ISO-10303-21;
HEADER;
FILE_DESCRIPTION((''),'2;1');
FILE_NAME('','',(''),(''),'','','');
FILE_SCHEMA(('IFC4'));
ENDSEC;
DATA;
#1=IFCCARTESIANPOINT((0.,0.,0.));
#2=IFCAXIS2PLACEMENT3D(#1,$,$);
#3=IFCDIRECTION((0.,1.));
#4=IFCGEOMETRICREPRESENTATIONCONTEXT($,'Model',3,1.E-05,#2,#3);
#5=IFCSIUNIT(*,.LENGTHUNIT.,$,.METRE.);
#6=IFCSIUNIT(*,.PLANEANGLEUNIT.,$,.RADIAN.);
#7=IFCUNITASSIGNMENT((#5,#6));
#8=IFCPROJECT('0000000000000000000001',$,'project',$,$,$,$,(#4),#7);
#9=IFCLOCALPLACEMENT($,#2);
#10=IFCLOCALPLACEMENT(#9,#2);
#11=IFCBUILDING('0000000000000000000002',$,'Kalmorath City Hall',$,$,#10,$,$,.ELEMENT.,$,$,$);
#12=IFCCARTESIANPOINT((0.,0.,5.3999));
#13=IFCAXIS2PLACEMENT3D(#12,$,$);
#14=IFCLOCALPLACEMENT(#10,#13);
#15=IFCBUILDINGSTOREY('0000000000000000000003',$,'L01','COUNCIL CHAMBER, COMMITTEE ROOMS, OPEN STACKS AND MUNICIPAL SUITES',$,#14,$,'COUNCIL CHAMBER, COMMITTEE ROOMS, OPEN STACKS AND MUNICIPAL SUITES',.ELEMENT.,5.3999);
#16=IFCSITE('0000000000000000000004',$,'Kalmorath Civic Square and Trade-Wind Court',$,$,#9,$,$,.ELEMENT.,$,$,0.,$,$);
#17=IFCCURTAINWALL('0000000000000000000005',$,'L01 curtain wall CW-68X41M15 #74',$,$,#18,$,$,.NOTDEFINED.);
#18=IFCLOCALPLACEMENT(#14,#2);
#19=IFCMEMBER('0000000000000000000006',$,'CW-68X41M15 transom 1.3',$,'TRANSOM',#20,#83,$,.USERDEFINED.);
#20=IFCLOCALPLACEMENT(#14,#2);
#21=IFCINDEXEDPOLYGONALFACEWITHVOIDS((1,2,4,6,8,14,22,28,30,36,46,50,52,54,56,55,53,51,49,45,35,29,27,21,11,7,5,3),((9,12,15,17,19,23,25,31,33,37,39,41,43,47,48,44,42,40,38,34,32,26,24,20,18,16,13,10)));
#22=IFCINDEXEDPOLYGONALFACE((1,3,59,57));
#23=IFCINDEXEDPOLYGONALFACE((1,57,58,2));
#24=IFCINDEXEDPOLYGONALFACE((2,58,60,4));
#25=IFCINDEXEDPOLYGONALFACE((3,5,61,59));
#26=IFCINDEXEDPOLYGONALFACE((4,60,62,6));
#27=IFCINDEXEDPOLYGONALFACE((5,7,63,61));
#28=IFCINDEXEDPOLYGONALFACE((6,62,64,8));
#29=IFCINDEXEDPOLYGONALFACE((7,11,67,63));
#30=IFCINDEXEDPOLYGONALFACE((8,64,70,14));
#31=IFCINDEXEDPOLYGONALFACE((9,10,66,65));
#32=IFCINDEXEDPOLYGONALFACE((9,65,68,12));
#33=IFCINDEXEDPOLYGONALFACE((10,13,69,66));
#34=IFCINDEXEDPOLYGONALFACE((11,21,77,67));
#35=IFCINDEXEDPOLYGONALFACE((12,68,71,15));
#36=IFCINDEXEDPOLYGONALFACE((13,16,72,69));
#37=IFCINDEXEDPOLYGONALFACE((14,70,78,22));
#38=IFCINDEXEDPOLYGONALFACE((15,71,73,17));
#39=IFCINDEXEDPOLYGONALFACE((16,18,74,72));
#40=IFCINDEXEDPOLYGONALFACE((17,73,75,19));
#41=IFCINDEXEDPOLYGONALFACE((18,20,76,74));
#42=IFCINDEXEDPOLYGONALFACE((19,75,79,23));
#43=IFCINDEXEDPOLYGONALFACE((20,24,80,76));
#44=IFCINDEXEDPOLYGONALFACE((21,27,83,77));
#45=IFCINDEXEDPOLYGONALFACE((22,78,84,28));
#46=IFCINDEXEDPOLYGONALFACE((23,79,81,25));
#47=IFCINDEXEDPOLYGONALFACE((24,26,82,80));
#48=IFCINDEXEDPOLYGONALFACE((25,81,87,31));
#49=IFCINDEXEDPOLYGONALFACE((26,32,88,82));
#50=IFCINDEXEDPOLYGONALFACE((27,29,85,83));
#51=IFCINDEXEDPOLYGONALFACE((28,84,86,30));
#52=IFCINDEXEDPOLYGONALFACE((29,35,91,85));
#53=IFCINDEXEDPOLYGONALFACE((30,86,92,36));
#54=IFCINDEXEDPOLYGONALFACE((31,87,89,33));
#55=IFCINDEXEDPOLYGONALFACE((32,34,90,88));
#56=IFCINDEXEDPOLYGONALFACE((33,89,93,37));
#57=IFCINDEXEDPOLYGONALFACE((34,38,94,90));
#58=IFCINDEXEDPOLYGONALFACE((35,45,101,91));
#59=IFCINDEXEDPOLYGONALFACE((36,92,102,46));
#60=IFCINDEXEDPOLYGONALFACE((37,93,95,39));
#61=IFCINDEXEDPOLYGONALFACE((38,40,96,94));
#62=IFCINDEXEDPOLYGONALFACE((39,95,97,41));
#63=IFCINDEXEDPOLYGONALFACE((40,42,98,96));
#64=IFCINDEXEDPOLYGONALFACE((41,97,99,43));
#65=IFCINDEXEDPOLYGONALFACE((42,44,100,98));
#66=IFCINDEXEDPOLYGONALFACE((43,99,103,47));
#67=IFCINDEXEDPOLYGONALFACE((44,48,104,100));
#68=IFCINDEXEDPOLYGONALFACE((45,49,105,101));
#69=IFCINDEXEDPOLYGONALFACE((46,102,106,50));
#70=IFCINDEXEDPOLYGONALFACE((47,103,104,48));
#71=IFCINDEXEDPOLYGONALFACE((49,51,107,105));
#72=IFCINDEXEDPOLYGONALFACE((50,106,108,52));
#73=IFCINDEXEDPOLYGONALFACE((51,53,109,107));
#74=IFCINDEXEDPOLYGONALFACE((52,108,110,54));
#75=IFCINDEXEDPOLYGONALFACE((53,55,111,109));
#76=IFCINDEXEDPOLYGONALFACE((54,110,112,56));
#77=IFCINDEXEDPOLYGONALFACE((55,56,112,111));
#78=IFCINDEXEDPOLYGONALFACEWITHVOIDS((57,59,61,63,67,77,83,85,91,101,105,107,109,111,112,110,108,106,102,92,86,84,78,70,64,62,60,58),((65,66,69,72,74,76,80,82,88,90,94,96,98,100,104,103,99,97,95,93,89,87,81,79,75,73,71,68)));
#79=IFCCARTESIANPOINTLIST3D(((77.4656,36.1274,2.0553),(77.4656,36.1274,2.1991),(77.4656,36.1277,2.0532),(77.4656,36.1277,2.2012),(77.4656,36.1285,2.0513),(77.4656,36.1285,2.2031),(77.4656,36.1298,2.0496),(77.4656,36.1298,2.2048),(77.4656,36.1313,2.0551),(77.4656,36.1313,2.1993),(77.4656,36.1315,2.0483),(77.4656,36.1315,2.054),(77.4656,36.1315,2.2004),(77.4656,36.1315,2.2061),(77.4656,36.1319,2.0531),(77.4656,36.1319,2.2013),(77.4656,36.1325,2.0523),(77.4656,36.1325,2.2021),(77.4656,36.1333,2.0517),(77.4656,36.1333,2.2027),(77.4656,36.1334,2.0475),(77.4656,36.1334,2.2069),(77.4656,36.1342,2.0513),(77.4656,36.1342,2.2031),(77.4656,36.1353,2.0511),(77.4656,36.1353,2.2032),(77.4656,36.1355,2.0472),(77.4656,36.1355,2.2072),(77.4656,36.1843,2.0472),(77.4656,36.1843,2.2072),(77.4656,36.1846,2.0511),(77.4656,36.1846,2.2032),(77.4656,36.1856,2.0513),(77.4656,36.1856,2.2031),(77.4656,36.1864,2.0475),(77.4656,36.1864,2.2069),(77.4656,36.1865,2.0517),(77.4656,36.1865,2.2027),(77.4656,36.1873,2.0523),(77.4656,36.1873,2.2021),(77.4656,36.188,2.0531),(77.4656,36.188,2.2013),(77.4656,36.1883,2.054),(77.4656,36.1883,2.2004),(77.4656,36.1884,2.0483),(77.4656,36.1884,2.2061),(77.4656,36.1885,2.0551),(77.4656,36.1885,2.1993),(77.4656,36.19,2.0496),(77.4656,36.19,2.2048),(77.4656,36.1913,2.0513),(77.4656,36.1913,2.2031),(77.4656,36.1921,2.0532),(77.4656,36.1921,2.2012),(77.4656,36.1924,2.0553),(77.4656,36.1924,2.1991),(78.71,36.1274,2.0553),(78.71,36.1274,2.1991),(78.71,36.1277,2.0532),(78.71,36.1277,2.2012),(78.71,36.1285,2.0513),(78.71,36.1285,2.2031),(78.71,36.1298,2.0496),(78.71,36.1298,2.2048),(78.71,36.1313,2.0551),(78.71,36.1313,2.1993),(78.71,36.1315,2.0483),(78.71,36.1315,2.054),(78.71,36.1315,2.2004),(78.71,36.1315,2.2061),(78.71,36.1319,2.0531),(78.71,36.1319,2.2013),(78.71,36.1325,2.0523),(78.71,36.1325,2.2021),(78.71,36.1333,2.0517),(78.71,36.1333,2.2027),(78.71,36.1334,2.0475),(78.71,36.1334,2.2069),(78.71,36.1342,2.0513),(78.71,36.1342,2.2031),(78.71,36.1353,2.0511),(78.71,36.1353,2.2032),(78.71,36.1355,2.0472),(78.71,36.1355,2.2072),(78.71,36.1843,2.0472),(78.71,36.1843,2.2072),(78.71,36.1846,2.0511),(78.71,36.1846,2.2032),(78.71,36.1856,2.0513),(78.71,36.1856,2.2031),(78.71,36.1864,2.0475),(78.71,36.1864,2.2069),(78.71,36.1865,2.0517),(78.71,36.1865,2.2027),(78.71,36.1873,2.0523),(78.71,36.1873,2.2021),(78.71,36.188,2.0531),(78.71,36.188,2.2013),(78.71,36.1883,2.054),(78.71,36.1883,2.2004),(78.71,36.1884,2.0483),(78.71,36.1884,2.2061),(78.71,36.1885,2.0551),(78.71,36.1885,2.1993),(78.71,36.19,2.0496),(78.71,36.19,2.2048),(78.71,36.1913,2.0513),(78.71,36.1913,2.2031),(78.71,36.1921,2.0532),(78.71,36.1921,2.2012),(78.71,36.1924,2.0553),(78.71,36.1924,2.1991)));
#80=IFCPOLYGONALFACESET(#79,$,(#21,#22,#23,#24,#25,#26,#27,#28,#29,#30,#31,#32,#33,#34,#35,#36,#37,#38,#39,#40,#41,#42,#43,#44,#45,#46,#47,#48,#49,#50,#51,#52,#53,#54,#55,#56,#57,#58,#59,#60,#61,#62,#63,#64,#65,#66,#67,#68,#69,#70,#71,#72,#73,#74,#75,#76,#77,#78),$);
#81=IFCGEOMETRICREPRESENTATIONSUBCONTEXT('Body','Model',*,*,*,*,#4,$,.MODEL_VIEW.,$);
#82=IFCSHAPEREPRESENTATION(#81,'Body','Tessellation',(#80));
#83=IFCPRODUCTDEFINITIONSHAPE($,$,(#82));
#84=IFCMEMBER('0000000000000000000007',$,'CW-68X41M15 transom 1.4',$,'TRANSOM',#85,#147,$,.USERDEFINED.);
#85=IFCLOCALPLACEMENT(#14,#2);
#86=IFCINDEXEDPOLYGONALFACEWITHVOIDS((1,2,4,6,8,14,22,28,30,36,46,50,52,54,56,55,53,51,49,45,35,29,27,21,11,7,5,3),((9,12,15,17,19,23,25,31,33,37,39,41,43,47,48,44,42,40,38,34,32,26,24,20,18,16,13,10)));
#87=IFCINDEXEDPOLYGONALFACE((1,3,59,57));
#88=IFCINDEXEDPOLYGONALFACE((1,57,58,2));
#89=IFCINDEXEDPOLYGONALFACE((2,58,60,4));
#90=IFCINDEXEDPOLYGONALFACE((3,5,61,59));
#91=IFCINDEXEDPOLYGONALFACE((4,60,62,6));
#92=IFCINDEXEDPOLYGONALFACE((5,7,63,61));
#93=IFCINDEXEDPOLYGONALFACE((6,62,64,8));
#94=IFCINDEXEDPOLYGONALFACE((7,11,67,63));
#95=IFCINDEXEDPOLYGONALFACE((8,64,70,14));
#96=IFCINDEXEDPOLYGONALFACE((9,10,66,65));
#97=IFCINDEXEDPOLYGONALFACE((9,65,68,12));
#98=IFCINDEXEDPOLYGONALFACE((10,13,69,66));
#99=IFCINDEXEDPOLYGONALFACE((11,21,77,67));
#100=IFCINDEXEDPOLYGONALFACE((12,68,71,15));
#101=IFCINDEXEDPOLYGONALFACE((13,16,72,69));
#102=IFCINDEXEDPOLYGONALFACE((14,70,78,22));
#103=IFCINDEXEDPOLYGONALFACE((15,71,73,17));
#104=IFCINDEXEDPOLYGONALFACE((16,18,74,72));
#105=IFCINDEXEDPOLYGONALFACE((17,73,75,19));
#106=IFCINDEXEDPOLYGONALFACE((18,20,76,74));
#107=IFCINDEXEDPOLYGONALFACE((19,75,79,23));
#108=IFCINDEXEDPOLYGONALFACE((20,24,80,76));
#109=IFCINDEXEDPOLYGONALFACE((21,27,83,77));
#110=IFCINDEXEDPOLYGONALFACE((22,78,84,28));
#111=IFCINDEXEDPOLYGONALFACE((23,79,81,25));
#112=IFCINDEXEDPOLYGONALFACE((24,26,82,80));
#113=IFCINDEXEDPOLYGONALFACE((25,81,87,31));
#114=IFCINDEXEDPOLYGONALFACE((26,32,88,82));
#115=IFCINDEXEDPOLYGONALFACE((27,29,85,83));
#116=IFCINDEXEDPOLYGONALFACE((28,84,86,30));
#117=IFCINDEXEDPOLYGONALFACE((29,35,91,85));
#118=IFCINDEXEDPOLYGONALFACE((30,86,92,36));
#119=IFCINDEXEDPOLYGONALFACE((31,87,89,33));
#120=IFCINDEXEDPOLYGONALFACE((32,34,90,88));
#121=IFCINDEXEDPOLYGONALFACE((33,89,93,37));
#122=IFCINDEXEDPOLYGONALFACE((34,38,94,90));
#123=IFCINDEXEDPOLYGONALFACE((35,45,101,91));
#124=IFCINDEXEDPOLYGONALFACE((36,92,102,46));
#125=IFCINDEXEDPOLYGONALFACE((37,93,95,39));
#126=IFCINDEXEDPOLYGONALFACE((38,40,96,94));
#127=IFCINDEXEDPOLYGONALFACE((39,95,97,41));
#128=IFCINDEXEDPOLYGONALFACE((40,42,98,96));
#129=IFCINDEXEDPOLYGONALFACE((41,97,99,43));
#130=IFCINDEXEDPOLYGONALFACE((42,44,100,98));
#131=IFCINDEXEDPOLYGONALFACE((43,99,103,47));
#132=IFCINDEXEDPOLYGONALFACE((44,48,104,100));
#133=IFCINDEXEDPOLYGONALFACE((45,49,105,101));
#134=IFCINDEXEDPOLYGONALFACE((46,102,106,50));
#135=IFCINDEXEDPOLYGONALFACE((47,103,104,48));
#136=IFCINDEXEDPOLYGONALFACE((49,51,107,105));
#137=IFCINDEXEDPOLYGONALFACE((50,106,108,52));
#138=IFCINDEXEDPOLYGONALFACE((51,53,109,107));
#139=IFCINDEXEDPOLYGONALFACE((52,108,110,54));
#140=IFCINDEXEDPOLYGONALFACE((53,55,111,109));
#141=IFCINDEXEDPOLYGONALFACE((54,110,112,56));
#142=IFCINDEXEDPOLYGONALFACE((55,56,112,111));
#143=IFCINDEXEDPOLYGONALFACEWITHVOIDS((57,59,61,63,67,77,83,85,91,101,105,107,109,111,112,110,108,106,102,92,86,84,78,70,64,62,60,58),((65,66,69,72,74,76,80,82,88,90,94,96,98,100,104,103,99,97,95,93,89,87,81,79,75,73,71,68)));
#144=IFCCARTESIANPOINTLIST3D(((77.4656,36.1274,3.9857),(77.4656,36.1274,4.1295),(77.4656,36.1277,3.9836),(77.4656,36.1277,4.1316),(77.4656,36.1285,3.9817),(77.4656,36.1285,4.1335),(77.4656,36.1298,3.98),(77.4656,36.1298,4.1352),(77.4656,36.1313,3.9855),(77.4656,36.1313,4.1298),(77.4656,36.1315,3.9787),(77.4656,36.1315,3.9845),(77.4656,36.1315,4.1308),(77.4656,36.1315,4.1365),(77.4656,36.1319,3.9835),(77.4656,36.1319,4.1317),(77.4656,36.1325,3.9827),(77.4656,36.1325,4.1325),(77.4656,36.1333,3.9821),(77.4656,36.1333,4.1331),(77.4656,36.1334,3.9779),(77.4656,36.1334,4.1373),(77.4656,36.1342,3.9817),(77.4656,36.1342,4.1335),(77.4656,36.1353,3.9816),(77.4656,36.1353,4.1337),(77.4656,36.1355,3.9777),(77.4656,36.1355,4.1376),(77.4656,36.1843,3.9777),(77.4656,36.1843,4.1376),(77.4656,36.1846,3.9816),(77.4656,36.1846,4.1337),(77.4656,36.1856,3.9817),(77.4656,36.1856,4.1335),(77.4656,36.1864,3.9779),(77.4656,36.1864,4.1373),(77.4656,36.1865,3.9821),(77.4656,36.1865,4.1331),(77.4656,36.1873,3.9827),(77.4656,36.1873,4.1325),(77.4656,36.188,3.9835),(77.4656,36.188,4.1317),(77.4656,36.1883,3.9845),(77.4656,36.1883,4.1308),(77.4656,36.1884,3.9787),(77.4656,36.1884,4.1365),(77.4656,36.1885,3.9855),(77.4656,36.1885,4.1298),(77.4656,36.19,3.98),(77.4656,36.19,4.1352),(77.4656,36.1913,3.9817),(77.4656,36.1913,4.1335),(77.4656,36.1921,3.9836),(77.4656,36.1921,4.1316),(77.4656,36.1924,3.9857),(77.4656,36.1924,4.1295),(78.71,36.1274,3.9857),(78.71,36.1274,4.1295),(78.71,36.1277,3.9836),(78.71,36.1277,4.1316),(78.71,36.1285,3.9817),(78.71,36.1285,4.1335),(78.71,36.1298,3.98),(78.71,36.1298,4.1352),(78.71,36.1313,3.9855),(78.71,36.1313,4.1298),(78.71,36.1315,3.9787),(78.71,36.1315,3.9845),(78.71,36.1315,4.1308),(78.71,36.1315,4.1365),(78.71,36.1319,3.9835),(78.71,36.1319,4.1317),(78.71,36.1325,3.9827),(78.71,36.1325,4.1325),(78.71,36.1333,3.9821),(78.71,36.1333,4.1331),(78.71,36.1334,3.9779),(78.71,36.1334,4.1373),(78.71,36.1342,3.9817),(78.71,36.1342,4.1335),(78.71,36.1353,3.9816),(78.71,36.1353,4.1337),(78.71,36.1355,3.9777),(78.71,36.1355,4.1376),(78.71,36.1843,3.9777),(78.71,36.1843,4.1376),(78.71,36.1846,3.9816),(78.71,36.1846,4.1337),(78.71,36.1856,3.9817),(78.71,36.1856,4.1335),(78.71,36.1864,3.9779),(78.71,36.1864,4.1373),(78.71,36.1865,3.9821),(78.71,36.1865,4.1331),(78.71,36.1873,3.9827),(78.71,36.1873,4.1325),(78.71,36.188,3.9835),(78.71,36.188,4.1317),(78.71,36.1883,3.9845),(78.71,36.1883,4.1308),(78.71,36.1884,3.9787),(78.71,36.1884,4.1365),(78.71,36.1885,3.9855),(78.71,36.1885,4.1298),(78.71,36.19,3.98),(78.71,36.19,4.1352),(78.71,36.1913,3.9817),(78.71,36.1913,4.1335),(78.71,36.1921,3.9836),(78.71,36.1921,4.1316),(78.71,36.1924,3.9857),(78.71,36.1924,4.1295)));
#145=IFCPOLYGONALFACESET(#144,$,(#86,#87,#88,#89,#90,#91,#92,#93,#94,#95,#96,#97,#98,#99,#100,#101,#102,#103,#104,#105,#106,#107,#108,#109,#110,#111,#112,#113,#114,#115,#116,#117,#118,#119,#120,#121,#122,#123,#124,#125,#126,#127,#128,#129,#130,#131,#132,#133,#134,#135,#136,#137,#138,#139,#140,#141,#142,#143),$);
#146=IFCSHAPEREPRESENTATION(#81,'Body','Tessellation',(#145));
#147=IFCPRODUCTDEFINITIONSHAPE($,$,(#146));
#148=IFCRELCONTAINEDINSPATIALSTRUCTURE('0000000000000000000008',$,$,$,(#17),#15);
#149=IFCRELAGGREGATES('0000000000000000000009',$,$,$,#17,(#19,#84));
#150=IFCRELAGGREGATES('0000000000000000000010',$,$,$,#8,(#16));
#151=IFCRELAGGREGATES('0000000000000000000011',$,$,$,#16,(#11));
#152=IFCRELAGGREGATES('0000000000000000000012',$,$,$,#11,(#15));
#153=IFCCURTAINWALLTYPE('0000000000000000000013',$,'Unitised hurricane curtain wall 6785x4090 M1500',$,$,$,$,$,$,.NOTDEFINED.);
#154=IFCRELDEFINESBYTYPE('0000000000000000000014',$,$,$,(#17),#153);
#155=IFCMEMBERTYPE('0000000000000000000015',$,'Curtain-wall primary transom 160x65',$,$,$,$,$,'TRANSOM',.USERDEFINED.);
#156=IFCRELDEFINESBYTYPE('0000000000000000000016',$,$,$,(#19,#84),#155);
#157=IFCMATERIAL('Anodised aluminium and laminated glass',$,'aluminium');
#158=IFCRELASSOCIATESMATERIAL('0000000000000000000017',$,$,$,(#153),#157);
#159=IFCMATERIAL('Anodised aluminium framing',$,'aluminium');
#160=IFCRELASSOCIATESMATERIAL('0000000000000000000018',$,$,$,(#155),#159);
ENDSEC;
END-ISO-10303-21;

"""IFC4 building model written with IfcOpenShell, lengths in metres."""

from ifc_helpers import new_model, si_unit, direction, frame, origin, origin_2d, place, context, subcontext, project, spatial, hollow_rectangle, extrude, material, material_profile, profile_set, type_object, element, aggregate, save


model = new_model("IFC4")

# Units and contexts
model_context = context("Model", 3, precision=1e-05, world=origin(), true_north=direction((0.0, 1.0)))
body_context = subcontext(model_context, "Body", "Model", "MODEL_VIEW")
ifc_project = project(units=[si_unit("LENGTHUNIT", "METRE"), si_unit("PLANEANGLEUNIT", "RADIAN")], contexts=[model_context])

# Site, building, storey
site_placement = place(None, origin())
site = spatial("IfcSite", under=ifc_project, at=site_placement, Name="Kalmorath Civic Square and Trade-Wind Court", CompositionType="ELEMENT", RefElevation=0.0)
building_placement = place(site_placement, origin())
building = spatial("IfcBuilding", under=site, at=building_placement, Name="Kalmorath City Hall", CompositionType="ELEMENT")
storey_placement = place(building_placement, frame((0.0, 0.0, 5.3999)))
storey = spatial("IfcBuildingStorey", under=building, at=storey_placement, Name="L01", Description="COUNCIL CHAMBER, COMMITTEE ROOMS, OPEN STACKS AND MUNICIPAL SUITES", LongName="COUNCIL CHAMBER, COMMITTEE ROOMS, OPEN STACKS AND MUNICIPAL SUITES", CompositionType="ELEMENT", Elevation=5.3999)

# Curtain wall, members
ifc_material_1 = material(Name="Anodised aluminium and laminated glass", Category="aluminium")
curtain_wall_type = type_object("IfcCurtainWallType", Name="Unitised hurricane curtain wall 6785x4090 M1500", PredefinedType="NOTDEFINED", material=ifc_material_1)
curtain_wall_placement = place(storey_placement, origin())
curtain_wall = element("IfcCurtainWall", 1, at=curtain_wall_placement, inside=storey, type_object=curtain_wall_type, Name="L01 curtain wall CW-68X41M15 #74", PredefinedType="NOTDEFINED")
ifc_material_2 = material(Name="Anodised aluminium framing", Category="aluminium")
ifc_material_profile_1 = material_profile(ifc_material_2, hollow_rectangle(XDim=0.0649, YDim=0.1599, WallThickness=0.0039, InnerFilletRadius=0.0039, OuterFilletRadius=0.0081, at=origin_2d()), Name="ALU-TRN-160X65X4")
ifc_profile_set_1 = profile_set([ifc_material_profile_1], Name="Anodised aluminium framing")
member_type_1 = type_object("IfcMemberType", Name="Curtain-wall primary transom 160x65", ElementType="TRANSOM", PredefinedType="USERDEFINED", material=ifc_profile_set_1)
member_1_placement = place(storey_placement, frame((78.71, 36.1599, 2.1272), z_axis=(-1.0, 0.0, 0.0), x_axis=(0.0, -1.0, 0.0)))
member_1 = element("IfcMember", 2, at=member_1_placement, type_object=member_type_1, Name="CW-68X41M15 transom 1.3", ObjectType="TRANSOM", PredefinedType="USERDEFINED", context=body_context, shape_type="SweptSolid", body=[
    extrude(hollow_rectangle(XDim=0.0649, YDim=0.1599, WallThickness=0.0039, InnerFilletRadius=0.0039, OuterFilletRadius=0.0081, at=origin_2d()), origin(), (0.0, 0.0, 1.0), 1.2444),
])
member_2_placement = place(storey_placement, frame((78.71, 36.1599, 4.0576), z_axis=(-1.0, 0.0, 0.0), x_axis=(0.0, -1.0, 0.0)))
member_2 = element("IfcMember", 3, at=member_2_placement, type_object=member_type_1, Name="CW-68X41M15 transom 1.4", ObjectType="TRANSOM", PredefinedType="USERDEFINED", context=body_context, shape_type="SweptSolid", body=[
    extrude(hollow_rectangle(XDim=0.0649, YDim=0.1599, WallThickness=0.0039, InnerFilletRadius=0.0039, OuterFilletRadius=0.0081, at=origin_2d()), origin(), (0.0, 0.0, 1.0), 1.2444),
])
aggregate(curtain_wall, [member_1, member_2])

save(model, "model.ifc")
